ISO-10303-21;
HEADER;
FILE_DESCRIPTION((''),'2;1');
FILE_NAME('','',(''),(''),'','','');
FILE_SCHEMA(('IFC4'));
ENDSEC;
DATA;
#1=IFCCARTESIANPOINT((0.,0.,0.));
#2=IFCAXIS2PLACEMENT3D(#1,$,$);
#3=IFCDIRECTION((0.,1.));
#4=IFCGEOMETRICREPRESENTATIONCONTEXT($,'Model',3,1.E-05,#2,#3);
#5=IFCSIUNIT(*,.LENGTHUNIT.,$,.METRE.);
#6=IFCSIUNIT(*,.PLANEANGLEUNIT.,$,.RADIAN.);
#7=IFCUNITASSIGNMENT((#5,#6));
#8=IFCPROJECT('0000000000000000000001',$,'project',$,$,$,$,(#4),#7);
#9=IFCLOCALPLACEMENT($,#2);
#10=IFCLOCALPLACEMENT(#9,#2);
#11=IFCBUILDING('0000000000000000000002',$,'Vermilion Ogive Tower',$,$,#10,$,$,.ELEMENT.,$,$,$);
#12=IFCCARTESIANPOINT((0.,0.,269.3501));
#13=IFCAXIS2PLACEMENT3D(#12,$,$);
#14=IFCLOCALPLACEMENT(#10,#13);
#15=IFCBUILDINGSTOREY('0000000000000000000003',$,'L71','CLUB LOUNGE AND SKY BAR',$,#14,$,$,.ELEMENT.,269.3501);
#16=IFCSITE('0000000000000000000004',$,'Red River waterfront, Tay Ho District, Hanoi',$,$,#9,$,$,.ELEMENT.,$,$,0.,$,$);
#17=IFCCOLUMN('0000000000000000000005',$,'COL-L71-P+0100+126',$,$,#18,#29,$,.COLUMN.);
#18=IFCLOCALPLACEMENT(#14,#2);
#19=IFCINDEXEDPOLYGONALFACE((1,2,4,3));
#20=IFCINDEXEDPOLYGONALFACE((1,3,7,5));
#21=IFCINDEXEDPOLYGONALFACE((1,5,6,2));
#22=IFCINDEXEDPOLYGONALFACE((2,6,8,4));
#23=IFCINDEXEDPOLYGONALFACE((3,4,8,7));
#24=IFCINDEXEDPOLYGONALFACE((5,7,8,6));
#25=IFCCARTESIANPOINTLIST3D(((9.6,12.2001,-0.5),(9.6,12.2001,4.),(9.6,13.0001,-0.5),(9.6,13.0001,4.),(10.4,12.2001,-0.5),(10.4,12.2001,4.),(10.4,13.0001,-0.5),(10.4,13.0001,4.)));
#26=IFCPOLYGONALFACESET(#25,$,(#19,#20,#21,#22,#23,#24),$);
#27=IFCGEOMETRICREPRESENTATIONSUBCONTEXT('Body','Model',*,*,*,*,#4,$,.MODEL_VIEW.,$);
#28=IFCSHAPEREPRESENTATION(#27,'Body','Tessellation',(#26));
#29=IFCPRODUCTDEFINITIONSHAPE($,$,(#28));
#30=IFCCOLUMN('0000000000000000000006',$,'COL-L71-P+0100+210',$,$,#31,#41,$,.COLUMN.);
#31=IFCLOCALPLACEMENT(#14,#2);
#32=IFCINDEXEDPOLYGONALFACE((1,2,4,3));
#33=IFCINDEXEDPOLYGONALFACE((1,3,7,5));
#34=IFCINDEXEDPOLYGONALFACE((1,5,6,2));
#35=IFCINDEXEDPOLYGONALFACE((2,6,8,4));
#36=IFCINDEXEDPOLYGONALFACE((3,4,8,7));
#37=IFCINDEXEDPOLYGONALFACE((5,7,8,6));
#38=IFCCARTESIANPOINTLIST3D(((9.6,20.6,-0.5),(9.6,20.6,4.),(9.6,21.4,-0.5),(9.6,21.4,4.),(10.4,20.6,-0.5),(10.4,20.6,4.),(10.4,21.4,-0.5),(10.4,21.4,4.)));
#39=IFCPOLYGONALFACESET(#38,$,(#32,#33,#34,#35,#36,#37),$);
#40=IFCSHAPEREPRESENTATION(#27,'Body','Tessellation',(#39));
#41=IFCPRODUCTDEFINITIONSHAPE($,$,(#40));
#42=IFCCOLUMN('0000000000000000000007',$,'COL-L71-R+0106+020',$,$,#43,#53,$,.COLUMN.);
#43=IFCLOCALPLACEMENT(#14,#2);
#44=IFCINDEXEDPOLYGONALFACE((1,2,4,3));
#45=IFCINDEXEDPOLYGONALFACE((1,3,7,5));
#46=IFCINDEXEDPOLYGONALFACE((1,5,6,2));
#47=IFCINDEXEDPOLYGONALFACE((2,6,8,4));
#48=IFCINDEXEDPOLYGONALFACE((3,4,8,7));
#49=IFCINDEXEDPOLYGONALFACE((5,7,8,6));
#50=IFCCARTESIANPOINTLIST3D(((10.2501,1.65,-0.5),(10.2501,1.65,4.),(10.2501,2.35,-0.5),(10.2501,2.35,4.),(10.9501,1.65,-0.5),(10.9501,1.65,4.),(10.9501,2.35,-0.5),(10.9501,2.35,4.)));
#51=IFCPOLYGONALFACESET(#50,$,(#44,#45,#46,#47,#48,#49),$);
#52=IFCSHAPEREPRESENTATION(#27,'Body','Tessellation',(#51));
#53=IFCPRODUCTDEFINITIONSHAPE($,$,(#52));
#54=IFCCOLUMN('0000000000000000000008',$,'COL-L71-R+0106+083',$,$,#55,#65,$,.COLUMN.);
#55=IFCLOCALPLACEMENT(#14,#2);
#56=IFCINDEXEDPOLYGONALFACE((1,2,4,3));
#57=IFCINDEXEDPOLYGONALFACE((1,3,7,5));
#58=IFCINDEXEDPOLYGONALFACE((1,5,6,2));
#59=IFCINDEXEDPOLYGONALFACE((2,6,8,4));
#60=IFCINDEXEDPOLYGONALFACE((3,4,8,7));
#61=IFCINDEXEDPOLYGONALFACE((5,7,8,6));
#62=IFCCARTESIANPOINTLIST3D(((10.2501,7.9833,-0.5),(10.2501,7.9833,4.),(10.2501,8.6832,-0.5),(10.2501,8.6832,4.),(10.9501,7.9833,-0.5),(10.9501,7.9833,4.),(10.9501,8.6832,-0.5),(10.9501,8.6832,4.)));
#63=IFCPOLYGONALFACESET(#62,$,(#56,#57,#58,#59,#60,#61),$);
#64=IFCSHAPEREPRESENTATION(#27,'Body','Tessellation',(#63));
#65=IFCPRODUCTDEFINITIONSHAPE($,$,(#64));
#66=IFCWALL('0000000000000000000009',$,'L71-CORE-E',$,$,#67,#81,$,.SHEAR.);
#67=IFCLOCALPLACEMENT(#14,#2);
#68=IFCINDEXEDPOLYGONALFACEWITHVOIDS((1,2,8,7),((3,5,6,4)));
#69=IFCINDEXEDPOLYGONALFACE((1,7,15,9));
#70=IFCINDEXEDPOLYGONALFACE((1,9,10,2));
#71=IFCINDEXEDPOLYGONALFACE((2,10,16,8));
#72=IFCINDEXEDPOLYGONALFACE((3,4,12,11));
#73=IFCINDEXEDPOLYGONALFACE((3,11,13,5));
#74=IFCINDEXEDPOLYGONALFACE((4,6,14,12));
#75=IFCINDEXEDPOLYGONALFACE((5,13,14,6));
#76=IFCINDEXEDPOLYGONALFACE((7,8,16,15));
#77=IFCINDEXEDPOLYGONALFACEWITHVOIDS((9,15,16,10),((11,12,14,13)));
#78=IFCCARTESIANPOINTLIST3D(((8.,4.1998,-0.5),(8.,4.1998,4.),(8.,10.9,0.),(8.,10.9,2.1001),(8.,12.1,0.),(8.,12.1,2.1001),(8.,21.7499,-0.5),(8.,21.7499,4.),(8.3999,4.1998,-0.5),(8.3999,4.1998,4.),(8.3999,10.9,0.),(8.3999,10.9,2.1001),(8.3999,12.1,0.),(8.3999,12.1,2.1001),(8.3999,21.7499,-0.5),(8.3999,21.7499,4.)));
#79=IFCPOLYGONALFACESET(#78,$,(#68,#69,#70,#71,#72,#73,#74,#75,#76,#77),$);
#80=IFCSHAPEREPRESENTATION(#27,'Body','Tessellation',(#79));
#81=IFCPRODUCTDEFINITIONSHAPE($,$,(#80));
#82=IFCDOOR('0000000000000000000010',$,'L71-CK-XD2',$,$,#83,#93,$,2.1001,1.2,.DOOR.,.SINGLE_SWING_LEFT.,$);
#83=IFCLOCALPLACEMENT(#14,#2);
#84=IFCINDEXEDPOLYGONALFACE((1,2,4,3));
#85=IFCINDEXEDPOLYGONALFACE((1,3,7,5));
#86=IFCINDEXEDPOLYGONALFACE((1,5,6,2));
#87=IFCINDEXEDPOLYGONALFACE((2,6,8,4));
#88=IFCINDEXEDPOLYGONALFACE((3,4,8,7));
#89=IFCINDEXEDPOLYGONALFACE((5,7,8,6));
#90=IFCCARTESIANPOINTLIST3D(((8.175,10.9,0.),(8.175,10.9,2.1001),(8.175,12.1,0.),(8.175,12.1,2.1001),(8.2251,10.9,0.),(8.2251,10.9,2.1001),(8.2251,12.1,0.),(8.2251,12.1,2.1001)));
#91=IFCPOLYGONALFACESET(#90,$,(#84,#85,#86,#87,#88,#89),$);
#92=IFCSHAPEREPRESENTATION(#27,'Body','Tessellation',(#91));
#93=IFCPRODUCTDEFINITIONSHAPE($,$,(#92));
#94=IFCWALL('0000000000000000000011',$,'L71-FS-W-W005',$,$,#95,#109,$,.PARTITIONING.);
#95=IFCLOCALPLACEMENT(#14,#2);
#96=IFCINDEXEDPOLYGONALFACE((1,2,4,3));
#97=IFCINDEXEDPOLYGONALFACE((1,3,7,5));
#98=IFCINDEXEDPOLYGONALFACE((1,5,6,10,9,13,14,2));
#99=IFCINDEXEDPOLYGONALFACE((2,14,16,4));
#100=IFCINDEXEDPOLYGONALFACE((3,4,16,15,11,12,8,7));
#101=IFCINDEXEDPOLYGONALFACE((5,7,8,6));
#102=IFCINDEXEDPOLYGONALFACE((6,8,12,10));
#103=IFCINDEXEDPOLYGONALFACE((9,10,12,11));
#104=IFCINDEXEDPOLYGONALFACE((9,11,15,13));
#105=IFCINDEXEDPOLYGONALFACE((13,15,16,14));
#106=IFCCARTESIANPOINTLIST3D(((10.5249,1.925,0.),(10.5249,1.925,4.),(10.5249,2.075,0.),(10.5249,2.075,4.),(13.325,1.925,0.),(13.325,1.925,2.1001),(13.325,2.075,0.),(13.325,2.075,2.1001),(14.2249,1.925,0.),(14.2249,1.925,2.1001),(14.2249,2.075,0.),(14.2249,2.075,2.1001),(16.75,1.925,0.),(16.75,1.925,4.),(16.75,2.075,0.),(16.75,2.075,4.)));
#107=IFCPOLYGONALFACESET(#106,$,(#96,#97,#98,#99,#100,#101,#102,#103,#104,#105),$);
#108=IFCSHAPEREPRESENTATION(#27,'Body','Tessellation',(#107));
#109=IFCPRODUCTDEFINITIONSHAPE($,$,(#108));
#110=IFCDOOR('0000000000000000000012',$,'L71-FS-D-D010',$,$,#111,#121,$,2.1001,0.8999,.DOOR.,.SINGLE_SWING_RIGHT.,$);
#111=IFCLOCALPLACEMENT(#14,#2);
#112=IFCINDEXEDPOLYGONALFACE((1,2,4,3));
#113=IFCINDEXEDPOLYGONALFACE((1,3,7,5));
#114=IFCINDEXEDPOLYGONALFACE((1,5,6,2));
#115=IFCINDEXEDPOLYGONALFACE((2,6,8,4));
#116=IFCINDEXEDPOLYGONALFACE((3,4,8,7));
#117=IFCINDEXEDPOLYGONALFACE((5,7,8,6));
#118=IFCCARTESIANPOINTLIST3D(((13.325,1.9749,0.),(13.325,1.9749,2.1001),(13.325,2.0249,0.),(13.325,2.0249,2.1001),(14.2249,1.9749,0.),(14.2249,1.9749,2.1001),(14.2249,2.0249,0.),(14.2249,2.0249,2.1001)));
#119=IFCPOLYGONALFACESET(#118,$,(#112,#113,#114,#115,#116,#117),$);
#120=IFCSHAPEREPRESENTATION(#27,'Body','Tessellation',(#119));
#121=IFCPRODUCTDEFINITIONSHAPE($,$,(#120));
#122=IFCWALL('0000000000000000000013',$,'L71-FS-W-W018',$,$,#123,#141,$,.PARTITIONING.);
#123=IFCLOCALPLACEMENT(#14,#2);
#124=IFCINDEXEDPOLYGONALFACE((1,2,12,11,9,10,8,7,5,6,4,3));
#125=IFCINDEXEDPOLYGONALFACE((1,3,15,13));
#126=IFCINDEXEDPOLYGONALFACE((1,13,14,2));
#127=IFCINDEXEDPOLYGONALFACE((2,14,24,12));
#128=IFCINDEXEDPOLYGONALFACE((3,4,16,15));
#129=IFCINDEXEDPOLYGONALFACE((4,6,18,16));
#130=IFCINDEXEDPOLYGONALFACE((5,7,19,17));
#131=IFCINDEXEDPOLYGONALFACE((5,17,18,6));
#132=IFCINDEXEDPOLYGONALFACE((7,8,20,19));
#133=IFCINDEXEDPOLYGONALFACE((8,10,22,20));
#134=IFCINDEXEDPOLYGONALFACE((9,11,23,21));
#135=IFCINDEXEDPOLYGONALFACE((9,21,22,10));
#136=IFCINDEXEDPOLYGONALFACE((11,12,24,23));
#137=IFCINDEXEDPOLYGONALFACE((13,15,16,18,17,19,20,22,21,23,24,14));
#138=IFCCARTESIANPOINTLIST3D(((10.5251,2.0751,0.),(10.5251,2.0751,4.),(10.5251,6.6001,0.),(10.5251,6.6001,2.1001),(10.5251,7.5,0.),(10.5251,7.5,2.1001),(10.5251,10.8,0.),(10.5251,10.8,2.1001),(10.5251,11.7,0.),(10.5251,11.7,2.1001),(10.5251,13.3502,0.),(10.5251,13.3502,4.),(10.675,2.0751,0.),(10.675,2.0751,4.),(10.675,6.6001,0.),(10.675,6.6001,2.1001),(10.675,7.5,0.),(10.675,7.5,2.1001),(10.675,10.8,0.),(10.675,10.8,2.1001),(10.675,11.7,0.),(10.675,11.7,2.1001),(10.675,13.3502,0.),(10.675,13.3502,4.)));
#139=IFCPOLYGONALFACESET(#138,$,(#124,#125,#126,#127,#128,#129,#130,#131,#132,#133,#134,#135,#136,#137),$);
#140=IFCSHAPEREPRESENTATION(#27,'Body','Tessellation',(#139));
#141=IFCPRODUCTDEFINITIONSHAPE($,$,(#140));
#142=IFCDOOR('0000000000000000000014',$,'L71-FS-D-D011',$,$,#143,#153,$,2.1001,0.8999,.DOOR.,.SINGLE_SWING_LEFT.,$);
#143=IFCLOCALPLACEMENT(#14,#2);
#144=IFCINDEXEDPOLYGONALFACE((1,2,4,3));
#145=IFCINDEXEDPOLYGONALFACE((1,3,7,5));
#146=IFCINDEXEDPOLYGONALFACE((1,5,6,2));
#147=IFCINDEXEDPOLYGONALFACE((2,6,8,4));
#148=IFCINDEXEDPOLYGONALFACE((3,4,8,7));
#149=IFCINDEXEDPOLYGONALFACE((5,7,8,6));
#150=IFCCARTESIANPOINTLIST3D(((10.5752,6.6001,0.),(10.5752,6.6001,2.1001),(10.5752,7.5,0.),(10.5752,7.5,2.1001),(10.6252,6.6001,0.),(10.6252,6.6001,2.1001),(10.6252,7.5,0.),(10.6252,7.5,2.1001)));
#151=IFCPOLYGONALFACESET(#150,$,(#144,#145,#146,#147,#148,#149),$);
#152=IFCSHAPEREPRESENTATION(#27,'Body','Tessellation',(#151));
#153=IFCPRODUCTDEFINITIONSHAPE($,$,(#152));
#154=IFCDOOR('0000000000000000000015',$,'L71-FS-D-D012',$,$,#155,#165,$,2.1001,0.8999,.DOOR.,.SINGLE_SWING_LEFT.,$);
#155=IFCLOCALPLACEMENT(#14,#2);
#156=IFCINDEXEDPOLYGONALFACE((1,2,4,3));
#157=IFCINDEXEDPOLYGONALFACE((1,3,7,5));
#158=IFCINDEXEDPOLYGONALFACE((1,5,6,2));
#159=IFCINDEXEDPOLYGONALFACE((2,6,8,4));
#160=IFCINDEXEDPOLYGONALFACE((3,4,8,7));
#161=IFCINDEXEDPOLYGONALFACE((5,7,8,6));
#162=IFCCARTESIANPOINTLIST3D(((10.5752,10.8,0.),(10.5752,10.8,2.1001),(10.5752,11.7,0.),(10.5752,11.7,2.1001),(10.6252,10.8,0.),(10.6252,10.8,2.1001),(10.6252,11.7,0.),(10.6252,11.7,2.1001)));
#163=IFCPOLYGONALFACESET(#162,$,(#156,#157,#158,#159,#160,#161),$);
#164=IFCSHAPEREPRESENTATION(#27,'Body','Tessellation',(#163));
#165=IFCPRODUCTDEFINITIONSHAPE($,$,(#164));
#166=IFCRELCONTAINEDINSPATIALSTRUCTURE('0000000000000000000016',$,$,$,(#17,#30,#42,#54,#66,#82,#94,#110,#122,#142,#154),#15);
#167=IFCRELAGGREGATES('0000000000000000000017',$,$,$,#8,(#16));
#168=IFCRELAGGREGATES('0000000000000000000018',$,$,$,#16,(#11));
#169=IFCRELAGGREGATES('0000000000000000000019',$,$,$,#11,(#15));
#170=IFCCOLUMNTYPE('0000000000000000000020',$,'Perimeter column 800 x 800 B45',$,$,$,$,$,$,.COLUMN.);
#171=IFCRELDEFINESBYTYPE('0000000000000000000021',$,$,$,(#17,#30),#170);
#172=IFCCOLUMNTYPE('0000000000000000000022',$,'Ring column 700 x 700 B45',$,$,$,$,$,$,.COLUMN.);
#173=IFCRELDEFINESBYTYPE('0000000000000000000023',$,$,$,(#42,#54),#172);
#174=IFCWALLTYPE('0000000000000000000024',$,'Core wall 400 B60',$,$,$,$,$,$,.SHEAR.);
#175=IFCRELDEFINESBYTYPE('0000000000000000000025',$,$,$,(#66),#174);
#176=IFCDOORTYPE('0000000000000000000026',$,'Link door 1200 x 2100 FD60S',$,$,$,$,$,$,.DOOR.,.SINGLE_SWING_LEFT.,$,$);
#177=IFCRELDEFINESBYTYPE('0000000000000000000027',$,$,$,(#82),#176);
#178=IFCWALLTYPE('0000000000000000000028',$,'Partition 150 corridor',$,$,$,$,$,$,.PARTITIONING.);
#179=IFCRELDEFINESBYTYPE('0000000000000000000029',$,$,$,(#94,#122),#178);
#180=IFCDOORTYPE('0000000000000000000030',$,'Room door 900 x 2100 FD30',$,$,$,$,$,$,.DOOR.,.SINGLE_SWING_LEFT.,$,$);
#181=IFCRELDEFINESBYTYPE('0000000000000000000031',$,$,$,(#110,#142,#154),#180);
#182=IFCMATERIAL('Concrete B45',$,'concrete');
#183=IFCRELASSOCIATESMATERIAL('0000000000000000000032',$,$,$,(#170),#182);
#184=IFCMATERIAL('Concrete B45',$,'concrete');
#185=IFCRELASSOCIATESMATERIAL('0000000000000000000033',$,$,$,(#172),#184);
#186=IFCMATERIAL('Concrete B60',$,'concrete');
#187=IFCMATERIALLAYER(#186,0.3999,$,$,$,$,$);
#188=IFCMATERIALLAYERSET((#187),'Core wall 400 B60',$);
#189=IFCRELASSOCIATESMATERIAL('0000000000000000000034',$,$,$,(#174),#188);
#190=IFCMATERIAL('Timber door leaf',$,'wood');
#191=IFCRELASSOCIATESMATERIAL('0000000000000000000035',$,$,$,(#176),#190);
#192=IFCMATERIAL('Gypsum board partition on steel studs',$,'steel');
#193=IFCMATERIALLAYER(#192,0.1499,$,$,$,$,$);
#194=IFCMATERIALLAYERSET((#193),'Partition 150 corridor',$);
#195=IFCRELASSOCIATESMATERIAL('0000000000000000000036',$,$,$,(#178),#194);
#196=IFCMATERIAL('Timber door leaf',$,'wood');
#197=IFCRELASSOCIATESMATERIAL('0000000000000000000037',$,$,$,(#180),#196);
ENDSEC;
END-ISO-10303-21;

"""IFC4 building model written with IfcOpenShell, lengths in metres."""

from ifc_helpers import new_model, si_unit, direction, frame, frame_2d, origin, origin_2d, place, context, subcontext, project, spatial, rectangle, extrude, material, layer, layer_set, material_profile, profile_set, type_object, element, fill, save


model = new_model("IFC4")

# Units and contexts
model_context = context("Model", 3, precision=1e-05, world=origin(), true_north=direction((0.0, 1.0)))
body_context = subcontext(model_context, "Body", "Model", "MODEL_VIEW")
ifc_project = project(units=[si_unit("LENGTHUNIT", "METRE"), si_unit("PLANEANGLEUNIT", "RADIAN")], contexts=[model_context])

# Site, building, storey
site_placement = place(None, origin())
site = spatial("IfcSite", under=ifc_project, at=site_placement, Name="Red River waterfront, Tay Ho District, Hanoi", CompositionType="ELEMENT", RefElevation=0.0)
building_placement = place(site_placement, origin())
building = spatial("IfcBuilding", under=site, at=building_placement, Name="Vermilion Ogive Tower", CompositionType="ELEMENT")
storey_placement = place(building_placement, frame((0.0, 0.0, 269.3501)))
storey = spatial("IfcBuildingStorey", under=building, at=storey_placement, Name="L71", Description="CLUB LOUNGE AND SKY BAR", CompositionType="ELEMENT", Elevation=269.3501)

# Columns
ifc_material_1 = material(Name="Concrete B45", Category="concrete")
ifc_material_profile_1 = material_profile(ifc_material_1, rectangle(XDim=0.8, YDim=0.8, at=origin_2d()), Name="800 x 800")
ifc_profile_set_1 = profile_set([ifc_material_profile_1], Name="Concrete B45")
column_type_1 = type_object("IfcColumnType", Name="Perimeter column 800 x 800 B45", PredefinedType="COLUMN", material=ifc_profile_set_1)
for number, where, z_axis, x_axis, name in (
    (1, (10.0, 12.6001, -0.5), (0.0, 0.0, 1.0), (1.0, 0.0, 0.0), "COL-L71-P+0100+126"),
    (2, (10.0, 21.0, -0.5), (0.0, 0.0, 1.0), (1.0, 0.0, 0.0), "COL-L71-P+0100+210"),
):
    element("IfcColumn", number, at=place(storey_placement, frame(where, z_axis=z_axis, x_axis=x_axis)), inside=storey, type_object=column_type_1, Name=name, PredefinedType="COLUMN", context=body_context, shape_type="SweptSolid", body=[
        extrude(rectangle(XDim=0.8, YDim=0.8, at=origin_2d()), origin(), (0.0, 0.0, 1.0), 4.5),
    ])
ifc_material_2 = material(Name="Concrete B45", Category="concrete")
ifc_material_profile_2 = material_profile(ifc_material_2, rectangle(XDim=0.7, YDim=0.7, at=origin_2d()), Name="700 x 700")
ifc_profile_set_2 = profile_set([ifc_material_profile_2], Name="Concrete B45")
column_type_2 = type_object("IfcColumnType", Name="Ring column 700 x 700 B45", PredefinedType="COLUMN", material=ifc_profile_set_2)
for number, where, z_axis, x_axis, name in (
    (3, (10.6001, 2.0, -0.5), (0.0, 0.0, 1.0), (1.0, 0.0, 0.0), "COL-L71-R+0106+020"),
    (4, (10.6001, 8.3333, -0.5), (0.0, 0.0, 1.0), (1.0, 0.0, 0.0), "COL-L71-R+0106+083"),
):
    element("IfcColumn", number, at=place(storey_placement, frame(where, z_axis=z_axis, x_axis=x_axis)), inside=storey, type_object=column_type_2, Name=name, PredefinedType="COLUMN", context=body_context, shape_type="SweptSolid", body=[
        extrude(rectangle(XDim=0.7, YDim=0.7, at=origin_2d()), origin(), (0.0, 0.0, 1.0), 4.5),
    ])

# Walls, openings, doors
ifc_material_3 = material(Name="Concrete B60", Category="concrete")
ifc_layer_1 = layer(ifc_material_3, 0.3999)
ifc_layer_set_1 = layer_set([ifc_layer_1], Name="Core wall 400 B60")
wall_type_1 = type_object("IfcWallType", Name="Core wall 400 B60", PredefinedType="SHEAR", material=ifc_layer_set_1)
wall_1_placement = place(storey_placement, frame((8.2, 4.2, -0.5), z_axis=(0.0, 0.0, 1.0), x_axis=(0.0, 1.0, 0.0)))
wall_1 = element("IfcWall", 5, at=wall_1_placement, inside=storey, type_object=wall_type_1, Name="L71-CORE-E", PredefinedType="SHEAR", context=body_context, shape_type="SweptSolid", body=[
    extrude(rectangle(XDim=17.55, YDim=0.3999, at=frame_2d((8.7749, 0.0))), origin(), (0.0, 0.0, 1.0), 4.5),
])
opening_1_placement = place(wall_1_placement, frame((6.7, 0.0, 0.5)))
opening_1 = element("IfcOpeningElement", 6, at=opening_1_placement, cuts=wall_1, PredefinedType="OPENING", context=body_context, shape_type="SweptSolid", body=[
    extrude(rectangle(XDim=1.2, YDim=2.1001, at=frame_2d((0.6001, 1.05))), frame((0.0, 0.21, 0.0), z_axis=(0.0, -1.0, 0.0), x_axis=(1.0, 0.0, 0.0)), (0.0, 0.0, 1.0), 0.4199),
])
ifc_material_4 = material(Name="Timber door leaf", Category="wood")
door_type_1 = type_object("IfcDoorType", Name="Link door 1200 x 2100 FD60S", OperationType="SINGLE_SWING_LEFT", PredefinedType="DOOR", material=ifc_material_4)
door_1_placement = place(opening_1_placement, origin())
door_1 = element("IfcDoor", 7, at=door_1_placement, inside=storey, type_object=door_type_1, Name="L71-CK-XD2", OperationType="SINGLE_SWING_LEFT", OverallHeight=2.1001, OverallWidth=1.2, PredefinedType="DOOR", context=body_context, shape_type="SweptSolid", body=[
    extrude(rectangle(XDim=1.2, YDim=2.1001, at=frame_2d((0.6001, 1.05))), frame((0.0, 0.0249, 0.0), z_axis=(0.0, -1.0, 0.0), x_axis=(1.0, 0.0, 0.0)), (0.0, 0.0, 1.0), 0.05),
])
fill(opening_1, door_1)
ifc_material_5 = material(Name="Gypsum board partition on steel studs", Category="steel")
ifc_layer_2 = layer(ifc_material_5, 0.1499)
ifc_layer_set_2 = layer_set([ifc_layer_2], Name="Partition 150 corridor")
wall_type_2 = type_object("IfcWallType", Name="Partition 150 corridor", PredefinedType="PARTITIONING", material=ifc_layer_set_2)
wall_2_placement = place(storey_placement, frame((10.5249, 2.0, 0.0), z_axis=(0.0, 0.0, 1.0), x_axis=(1.0, 0.0, 0.0)))
wall_2 = element("IfcWall", 8, at=wall_2_placement, inside=storey, type_object=wall_type_2, Name="L71-FS-W-W005", PredefinedType="PARTITIONING", context=body_context, shape_type="SweptSolid", body=[
    extrude(rectangle(XDim=6.2251, YDim=0.1499, at=frame_2d((3.1125, 0.0))), origin(), (0.0, 0.0, 1.0), 4.0),
])
opening_2_placement = place(wall_2_placement, frame((2.8, 0.0, 0.0)))
opening_2 = element("IfcOpeningElement", 9, at=opening_2_placement, cuts=wall_2, PredefinedType="OPENING", context=body_context, shape_type="SweptSolid", body=[
    extrude(rectangle(XDim=0.8999, YDim=2.1001, at=frame_2d((0.45, 1.05))), frame((0.0, 0.085, 0.0), z_axis=(0.0, -1.0, 0.0), x_axis=(1.0, 0.0, 0.0)), (0.0, 0.0, 1.0), 0.1699),
])
ifc_material_6 = material(Name="Timber door leaf", Category="wood")
door_type_2 = type_object("IfcDoorType", Name="Room door 900 x 2100 FD30", OperationType="SINGLE_SWING_LEFT", PredefinedType="DOOR", material=ifc_material_6)
door_2_placement = place(opening_2_placement, origin())
door_2 = element("IfcDoor", 10, at=door_2_placement, inside=storey, type_object=door_type_2, Name="L71-FS-D-D010", OperationType="SINGLE_SWING_RIGHT", OverallHeight=2.1001, OverallWidth=0.8999, PredefinedType="DOOR", context=body_context, shape_type="SweptSolid", body=[
    extrude(rectangle(XDim=0.8999, YDim=2.1001, at=frame_2d((0.45, 1.05))), frame((0.0, 0.0249, 0.0), z_axis=(0.0, -1.0, 0.0), x_axis=(1.0, 0.0, 0.0)), (0.0, 0.0, 1.0), 0.05),
])
fill(opening_2, door_2)

# Wall, openings, doors
wall_3_placement = place(storey_placement, frame((10.6001, 2.075, 0.0), z_axis=(0.0, 0.0, 1.0), x_axis=(0.0, 1.0, 0.0)))
wall_3 = element("IfcWall", 11, at=wall_3_placement, inside=storey, type_object=wall_type_2, Name="L71-FS-W-W018", PredefinedType="PARTITIONING", context=body_context, shape_type="SweptSolid", body=[
    extrude(rectangle(XDim=11.2751, YDim=0.1499, at=frame_2d((5.6377, 0.0))), origin(), (0.0, 0.0, 1.0), 4.0),
])
opening_3_placement = place(wall_3_placement, frame((4.5251, 0.0, 0.0)))
opening_3 = element("IfcOpeningElement", 12, at=opening_3_placement, cuts=wall_3, PredefinedType="OPENING", context=body_context, shape_type="SweptSolid", body=[
    extrude(rectangle(XDim=0.8999, YDim=2.1001, at=frame_2d((0.45, 1.05))), frame((0.0, 0.085, 0.0), z_axis=(0.0, -1.0, 0.0), x_axis=(1.0, 0.0, 0.0)), (0.0, 0.0, 1.0), 0.1699),
])
opening_4_placement = place(wall_3_placement, frame((8.7251, 0.0, 0.0)))
opening_4 = element("IfcOpeningElement", 13, at=opening_4_placement, cuts=wall_3, PredefinedType="OPENING", context=body_context, shape_type="SweptSolid", body=[
    extrude(rectangle(XDim=0.8999, YDim=2.1001, at=frame_2d((0.45, 1.05))), frame((0.0, 0.085, 0.0), z_axis=(0.0, -1.0, 0.0), x_axis=(1.0, 0.0, 0.0)), (0.0, 0.0, 1.0), 0.1699),
])
door_3_placement = place(opening_3_placement, origin())
door_3 = element("IfcDoor", 14, at=door_3_placement, inside=storey, type_object=door_type_2, Name="L71-FS-D-D011", OperationType="SINGLE_SWING_LEFT", OverallHeight=2.1001, OverallWidth=0.8999, PredefinedType="DOOR", context=body_context, shape_type="SweptSolid", body=[
    extrude(rectangle(XDim=0.8999, YDim=2.1001, at=frame_2d((0.45, 1.05))), frame((0.0, 0.0249, 0.0), z_axis=(0.0, -1.0, 0.0), x_axis=(1.0, 0.0, 0.0)), (0.0, 0.0, 1.0), 0.05),
])
fill(opening_3, door_3)
door_4_placement = place(opening_4_placement, origin())
door_4 = element("IfcDoor", 15, at=door_4_placement, inside=storey, type_object=door_type_2, Name="L71-FS-D-D012", OperationType="SINGLE_SWING_LEFT", OverallHeight=2.1001, OverallWidth=0.8999, PredefinedType="DOOR", context=body_context, shape_type="SweptSolid", body=[
    extrude(rectangle(XDim=0.8999, YDim=2.1001, at=frame_2d((0.45, 1.05))), frame((0.0, 0.0249, 0.0), z_axis=(0.0, -1.0, 0.0), x_axis=(1.0, 0.0, 0.0)), (0.0, 0.0, 1.0), 0.05),
])
fill(opening_4, door_4)

save(model, "model.ifc")
